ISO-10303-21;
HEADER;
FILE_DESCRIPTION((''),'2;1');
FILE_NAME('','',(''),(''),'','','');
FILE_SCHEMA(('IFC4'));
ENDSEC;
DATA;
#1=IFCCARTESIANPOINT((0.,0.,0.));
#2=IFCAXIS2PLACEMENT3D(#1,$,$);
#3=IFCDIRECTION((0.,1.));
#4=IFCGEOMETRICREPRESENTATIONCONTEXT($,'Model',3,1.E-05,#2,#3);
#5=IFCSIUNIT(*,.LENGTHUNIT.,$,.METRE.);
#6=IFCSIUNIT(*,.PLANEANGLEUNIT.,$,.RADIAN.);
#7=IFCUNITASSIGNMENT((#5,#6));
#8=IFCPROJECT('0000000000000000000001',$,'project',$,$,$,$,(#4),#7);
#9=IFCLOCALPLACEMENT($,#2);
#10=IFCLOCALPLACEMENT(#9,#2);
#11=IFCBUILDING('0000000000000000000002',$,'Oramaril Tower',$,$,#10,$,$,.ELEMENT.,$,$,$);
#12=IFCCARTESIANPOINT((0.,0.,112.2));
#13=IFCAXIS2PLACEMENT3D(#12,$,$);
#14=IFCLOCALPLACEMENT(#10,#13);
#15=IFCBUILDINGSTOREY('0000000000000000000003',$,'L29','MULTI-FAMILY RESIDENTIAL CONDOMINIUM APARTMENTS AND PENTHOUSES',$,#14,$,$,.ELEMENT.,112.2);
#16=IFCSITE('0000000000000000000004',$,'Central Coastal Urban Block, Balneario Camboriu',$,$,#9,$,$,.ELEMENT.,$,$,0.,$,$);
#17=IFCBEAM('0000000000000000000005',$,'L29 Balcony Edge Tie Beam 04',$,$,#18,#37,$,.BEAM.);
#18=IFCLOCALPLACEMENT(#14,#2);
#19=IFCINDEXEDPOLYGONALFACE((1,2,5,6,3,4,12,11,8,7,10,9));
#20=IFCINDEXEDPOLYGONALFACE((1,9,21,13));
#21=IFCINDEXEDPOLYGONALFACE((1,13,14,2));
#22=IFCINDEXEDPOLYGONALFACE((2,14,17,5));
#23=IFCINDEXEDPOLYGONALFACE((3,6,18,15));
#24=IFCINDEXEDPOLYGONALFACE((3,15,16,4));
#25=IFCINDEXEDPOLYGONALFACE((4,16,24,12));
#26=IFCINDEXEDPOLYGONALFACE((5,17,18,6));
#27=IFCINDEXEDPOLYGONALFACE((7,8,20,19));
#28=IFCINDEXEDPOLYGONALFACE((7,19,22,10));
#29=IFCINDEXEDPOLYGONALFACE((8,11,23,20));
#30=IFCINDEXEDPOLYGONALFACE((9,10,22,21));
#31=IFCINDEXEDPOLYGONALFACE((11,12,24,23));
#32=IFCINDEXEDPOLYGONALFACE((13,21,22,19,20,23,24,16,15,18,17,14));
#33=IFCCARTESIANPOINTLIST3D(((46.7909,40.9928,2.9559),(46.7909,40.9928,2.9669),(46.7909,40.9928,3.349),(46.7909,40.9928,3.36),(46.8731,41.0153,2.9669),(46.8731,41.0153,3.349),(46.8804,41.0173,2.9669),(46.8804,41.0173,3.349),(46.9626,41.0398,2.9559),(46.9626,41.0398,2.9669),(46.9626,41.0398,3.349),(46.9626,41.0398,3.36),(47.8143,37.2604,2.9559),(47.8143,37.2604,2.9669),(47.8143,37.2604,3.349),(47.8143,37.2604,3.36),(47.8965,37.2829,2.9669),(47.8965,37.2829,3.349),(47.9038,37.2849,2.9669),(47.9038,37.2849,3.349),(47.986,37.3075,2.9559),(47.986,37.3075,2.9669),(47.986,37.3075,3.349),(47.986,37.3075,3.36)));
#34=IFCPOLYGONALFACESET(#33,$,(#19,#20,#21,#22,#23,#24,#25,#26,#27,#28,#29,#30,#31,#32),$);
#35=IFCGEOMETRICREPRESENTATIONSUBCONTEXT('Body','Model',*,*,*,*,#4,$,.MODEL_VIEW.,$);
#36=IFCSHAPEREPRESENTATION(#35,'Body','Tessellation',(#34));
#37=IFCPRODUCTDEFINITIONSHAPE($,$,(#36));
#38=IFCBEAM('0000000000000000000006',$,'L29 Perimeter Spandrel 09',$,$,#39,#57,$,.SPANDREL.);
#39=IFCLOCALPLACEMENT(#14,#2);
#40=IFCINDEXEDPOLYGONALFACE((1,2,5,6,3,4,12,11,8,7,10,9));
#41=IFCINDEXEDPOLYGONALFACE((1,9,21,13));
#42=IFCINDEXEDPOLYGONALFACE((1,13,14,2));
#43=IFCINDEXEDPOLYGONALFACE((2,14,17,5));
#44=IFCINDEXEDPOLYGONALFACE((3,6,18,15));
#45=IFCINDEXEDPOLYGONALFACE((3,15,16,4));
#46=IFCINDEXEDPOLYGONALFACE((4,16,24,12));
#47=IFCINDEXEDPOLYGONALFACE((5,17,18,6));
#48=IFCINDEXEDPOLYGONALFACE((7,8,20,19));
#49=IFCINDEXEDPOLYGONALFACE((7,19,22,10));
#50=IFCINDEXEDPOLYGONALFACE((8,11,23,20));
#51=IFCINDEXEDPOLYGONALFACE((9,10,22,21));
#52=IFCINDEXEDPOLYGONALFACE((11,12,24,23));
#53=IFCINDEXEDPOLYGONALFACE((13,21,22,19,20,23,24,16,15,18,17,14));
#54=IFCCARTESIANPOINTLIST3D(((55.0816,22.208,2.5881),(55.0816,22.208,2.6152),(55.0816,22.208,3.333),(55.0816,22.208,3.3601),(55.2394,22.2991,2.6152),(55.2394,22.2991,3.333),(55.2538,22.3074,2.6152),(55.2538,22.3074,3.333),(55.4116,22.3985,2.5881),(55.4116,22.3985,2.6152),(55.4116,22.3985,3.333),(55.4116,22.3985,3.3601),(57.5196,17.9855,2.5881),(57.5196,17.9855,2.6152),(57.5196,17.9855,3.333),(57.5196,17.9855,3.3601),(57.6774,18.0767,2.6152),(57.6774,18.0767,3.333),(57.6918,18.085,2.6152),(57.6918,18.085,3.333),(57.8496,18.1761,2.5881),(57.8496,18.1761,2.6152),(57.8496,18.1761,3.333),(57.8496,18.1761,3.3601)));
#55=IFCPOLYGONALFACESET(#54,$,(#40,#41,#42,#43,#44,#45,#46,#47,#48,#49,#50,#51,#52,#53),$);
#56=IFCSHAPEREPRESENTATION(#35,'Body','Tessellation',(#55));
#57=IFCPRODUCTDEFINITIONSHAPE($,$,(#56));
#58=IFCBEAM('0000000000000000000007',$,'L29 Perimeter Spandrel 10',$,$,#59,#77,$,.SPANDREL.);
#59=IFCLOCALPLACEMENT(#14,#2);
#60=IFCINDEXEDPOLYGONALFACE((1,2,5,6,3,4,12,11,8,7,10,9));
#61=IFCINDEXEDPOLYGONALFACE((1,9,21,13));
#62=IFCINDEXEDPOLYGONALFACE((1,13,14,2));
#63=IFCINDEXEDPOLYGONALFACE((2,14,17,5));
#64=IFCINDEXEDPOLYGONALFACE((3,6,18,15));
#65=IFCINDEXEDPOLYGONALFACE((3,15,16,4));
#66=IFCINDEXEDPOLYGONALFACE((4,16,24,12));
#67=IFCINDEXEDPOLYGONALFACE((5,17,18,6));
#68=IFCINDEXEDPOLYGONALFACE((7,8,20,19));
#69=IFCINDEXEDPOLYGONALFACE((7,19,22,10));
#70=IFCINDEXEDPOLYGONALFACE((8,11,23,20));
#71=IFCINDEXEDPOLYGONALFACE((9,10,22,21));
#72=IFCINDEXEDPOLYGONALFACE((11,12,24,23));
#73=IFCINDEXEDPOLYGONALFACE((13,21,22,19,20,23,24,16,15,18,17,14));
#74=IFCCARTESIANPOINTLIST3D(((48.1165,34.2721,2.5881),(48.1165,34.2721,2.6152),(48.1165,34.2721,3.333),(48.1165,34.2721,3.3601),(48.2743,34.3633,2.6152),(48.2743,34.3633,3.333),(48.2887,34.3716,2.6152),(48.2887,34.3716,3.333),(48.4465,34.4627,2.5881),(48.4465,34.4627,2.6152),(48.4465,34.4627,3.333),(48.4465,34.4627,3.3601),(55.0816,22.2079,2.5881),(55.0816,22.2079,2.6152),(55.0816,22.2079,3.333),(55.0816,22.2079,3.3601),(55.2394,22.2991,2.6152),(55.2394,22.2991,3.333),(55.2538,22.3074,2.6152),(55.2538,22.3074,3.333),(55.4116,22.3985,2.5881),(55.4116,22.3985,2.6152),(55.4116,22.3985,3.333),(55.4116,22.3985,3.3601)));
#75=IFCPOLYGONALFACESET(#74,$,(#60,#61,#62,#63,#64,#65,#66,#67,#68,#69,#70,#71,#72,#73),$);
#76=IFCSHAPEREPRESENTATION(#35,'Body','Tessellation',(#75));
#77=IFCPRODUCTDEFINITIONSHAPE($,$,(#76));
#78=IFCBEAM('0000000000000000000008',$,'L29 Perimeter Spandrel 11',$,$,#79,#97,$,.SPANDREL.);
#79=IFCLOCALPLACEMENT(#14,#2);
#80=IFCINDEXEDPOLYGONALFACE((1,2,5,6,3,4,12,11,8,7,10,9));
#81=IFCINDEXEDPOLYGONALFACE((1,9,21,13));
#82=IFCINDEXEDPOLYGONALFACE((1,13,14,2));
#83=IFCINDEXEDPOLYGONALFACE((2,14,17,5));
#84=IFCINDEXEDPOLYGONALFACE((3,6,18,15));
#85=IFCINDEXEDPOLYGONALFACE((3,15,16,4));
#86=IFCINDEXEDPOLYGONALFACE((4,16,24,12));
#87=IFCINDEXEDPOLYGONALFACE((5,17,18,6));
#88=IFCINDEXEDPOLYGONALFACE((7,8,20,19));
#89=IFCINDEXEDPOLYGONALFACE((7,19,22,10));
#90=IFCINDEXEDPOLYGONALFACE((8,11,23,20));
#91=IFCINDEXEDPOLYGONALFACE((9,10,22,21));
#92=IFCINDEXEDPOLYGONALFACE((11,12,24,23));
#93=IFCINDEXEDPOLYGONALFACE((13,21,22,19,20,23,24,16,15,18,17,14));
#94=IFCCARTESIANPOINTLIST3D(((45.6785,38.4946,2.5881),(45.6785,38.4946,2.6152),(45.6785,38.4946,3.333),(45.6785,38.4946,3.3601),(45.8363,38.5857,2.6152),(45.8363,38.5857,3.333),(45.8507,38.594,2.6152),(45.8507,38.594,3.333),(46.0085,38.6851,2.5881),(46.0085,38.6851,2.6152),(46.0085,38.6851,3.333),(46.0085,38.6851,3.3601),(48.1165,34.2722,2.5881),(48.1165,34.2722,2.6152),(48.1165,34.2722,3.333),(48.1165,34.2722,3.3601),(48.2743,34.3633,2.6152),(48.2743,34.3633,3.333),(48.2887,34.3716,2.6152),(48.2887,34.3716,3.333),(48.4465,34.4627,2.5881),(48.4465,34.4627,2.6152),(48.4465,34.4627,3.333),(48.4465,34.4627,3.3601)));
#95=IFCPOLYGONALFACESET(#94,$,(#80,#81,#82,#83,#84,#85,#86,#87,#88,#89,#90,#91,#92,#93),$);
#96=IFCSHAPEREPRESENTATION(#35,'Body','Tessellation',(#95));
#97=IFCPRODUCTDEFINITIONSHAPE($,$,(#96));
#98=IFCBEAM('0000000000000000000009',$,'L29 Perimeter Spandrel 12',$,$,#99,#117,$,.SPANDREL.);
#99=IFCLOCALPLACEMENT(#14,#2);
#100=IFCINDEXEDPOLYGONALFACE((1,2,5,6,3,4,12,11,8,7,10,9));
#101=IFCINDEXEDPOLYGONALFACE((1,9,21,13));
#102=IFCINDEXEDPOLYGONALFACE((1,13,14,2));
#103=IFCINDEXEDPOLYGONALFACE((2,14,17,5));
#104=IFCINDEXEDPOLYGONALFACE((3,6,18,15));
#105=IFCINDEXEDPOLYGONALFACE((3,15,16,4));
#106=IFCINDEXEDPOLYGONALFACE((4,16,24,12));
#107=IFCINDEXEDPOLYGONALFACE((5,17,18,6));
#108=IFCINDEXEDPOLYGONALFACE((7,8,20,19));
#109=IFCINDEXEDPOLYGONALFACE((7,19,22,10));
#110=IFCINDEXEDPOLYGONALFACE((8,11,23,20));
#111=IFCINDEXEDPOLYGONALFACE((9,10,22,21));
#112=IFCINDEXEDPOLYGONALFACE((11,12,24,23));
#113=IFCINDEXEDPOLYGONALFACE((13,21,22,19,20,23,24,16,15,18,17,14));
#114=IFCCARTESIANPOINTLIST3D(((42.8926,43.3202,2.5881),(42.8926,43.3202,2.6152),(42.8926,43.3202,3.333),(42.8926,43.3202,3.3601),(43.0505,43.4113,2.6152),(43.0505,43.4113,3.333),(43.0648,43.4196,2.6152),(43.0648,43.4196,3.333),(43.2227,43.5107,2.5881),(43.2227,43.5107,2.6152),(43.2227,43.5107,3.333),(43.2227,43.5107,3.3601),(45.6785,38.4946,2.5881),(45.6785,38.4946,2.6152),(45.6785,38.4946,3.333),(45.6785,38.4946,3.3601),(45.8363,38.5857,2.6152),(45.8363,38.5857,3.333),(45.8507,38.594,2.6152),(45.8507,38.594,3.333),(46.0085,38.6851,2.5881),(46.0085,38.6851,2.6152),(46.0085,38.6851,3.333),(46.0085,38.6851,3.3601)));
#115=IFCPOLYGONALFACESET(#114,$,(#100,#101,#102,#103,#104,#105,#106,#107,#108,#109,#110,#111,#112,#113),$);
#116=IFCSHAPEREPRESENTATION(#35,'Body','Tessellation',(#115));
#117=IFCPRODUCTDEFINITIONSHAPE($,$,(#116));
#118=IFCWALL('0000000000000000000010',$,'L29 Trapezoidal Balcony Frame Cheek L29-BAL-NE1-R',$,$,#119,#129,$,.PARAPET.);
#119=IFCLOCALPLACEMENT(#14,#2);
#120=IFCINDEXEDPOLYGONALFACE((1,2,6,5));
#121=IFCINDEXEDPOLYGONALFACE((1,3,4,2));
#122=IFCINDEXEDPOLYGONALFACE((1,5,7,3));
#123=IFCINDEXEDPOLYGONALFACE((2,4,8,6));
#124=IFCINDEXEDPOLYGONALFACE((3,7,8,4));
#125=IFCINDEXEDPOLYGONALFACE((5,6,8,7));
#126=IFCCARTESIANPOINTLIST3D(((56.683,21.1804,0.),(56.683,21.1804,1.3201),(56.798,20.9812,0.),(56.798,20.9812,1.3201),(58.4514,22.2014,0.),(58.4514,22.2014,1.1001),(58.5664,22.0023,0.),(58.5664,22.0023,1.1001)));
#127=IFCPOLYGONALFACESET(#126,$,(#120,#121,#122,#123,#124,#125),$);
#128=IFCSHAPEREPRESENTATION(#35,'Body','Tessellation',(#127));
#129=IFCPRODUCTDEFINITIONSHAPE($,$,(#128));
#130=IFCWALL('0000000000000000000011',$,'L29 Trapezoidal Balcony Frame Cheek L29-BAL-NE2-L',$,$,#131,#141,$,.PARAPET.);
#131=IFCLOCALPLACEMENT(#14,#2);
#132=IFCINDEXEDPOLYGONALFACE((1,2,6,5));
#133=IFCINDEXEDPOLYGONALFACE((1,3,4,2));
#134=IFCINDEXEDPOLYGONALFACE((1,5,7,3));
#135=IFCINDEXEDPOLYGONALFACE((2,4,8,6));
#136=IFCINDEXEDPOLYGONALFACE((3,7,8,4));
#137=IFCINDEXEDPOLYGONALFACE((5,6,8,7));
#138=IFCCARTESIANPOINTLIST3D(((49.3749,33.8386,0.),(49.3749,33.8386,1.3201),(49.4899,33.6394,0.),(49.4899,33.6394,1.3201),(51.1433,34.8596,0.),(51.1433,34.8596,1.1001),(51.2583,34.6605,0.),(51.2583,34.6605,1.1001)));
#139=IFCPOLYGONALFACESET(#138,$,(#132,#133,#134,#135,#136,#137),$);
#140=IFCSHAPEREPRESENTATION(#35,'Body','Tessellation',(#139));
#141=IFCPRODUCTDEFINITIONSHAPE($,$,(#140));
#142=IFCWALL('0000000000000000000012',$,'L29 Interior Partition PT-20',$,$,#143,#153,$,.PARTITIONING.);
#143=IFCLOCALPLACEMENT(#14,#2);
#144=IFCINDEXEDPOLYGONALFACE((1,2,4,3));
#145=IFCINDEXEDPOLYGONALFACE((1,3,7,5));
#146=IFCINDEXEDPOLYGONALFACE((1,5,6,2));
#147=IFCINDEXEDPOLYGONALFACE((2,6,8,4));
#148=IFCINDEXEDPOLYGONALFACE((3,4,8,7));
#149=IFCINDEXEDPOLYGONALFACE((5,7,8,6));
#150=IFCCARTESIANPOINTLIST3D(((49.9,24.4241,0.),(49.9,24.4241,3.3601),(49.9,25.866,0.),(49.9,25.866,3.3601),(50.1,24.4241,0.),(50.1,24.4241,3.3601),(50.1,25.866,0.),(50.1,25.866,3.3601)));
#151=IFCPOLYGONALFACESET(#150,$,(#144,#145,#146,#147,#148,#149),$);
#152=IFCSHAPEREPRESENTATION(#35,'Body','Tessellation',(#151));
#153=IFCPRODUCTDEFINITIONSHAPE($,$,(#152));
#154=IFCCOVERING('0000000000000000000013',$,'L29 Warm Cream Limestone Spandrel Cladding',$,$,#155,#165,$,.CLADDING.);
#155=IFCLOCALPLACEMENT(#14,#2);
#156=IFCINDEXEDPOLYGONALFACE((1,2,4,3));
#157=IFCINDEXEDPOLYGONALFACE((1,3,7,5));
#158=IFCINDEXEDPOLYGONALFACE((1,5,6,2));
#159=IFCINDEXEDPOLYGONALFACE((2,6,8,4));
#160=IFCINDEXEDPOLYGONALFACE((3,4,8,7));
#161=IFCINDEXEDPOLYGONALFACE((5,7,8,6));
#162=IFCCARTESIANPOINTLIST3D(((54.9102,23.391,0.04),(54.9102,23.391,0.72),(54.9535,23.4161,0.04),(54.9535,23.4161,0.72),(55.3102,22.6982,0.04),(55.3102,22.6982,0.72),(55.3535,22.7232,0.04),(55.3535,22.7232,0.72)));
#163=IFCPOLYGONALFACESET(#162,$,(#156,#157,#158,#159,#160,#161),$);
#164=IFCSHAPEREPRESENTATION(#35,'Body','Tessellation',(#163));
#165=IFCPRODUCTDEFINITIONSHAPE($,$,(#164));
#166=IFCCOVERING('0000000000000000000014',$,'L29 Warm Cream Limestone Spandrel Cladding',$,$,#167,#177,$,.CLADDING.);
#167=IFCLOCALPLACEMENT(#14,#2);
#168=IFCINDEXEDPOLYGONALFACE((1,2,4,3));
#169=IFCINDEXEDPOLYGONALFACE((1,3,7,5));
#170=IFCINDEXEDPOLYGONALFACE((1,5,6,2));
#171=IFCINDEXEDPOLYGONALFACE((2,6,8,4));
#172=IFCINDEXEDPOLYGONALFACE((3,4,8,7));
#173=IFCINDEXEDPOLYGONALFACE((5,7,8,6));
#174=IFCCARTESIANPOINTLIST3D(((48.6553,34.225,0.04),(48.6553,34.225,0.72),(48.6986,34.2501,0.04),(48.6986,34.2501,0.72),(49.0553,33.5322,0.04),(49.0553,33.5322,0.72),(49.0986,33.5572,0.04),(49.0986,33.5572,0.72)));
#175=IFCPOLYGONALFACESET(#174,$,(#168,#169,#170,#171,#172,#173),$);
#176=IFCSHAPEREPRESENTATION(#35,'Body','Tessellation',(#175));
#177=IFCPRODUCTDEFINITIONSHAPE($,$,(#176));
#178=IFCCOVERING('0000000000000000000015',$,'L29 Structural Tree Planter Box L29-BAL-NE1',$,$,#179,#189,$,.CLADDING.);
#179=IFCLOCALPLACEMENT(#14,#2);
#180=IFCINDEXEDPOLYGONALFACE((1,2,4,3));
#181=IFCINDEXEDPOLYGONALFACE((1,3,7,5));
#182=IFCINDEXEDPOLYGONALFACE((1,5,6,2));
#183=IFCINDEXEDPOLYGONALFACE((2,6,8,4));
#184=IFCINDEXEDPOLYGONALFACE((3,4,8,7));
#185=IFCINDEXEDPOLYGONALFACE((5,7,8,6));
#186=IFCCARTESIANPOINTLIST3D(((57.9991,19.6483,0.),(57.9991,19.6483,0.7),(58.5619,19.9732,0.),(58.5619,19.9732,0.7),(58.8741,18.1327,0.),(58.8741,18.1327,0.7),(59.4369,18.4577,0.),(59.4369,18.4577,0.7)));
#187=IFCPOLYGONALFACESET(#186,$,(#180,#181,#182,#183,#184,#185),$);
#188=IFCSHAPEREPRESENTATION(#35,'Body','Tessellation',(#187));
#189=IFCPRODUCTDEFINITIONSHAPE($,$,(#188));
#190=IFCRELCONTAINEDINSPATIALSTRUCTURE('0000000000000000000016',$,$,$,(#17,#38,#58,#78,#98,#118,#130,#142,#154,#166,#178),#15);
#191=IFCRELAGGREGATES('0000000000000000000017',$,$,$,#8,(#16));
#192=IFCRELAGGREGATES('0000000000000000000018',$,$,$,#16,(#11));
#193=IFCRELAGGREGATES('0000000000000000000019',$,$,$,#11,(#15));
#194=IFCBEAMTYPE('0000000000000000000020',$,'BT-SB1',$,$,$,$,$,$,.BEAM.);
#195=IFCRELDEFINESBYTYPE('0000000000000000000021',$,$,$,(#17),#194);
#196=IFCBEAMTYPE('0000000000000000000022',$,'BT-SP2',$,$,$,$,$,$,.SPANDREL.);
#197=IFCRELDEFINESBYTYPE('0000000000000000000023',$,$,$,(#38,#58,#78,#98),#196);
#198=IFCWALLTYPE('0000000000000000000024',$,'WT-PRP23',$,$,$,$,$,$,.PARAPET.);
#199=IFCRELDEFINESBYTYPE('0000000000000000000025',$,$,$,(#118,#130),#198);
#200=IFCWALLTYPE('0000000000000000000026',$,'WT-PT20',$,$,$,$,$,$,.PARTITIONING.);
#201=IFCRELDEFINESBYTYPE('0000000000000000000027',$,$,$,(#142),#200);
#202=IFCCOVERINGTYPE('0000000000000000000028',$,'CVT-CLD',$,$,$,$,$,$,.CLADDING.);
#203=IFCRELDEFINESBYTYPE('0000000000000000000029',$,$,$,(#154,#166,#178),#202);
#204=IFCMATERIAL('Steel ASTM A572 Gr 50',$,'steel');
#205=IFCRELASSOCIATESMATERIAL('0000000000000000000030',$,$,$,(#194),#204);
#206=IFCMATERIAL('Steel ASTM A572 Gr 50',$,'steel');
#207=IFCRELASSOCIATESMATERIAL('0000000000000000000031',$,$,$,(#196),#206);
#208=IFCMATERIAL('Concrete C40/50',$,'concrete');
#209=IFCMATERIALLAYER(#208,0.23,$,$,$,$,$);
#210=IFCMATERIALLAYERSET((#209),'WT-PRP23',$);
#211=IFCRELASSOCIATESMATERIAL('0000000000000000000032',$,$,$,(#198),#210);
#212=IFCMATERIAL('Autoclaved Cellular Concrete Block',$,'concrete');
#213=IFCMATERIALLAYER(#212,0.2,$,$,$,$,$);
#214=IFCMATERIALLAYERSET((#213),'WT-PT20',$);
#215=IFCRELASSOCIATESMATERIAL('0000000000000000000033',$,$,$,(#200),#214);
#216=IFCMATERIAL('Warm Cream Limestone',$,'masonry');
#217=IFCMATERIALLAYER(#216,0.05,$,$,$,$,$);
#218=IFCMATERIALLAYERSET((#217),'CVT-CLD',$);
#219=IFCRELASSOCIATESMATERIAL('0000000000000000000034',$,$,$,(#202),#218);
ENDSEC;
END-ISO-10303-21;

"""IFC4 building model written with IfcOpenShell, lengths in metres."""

from ifc_helpers import new_model, si_unit, direction, frame, frame_2d, origin, origin_2d, place, context, subcontext, project, spatial, polyline, rectangle, i_section, outline, extrude, material, layer, layer_set, material_profile, profile_set, type_object, element, save


model = new_model("IFC4")

# Units and contexts
model_context = context("Model", 3, precision=1e-05, world=origin(), true_north=direction((0.0, 1.0)))
body_context = subcontext(model_context, "Body", "Model", "MODEL_VIEW")
ifc_project = project(units=[si_unit("LENGTHUNIT", "METRE"), si_unit("PLANEANGLEUNIT", "RADIAN")], contexts=[model_context])

# Site, building, storey
site_placement = place(None, origin())
site = spatial("IfcSite", under=ifc_project, at=site_placement, Name="Central Coastal Urban Block, Balneario Camboriu", CompositionType="ELEMENT", RefElevation=0.0)
building_placement = place(site_placement, origin())
building = spatial("IfcBuilding", under=site, at=building_placement, Name="Oramaril Tower", CompositionType="ELEMENT")
storey_placement = place(building_placement, frame((0.0, 0.0, 112.2)))
storey = spatial("IfcBuildingStorey", under=building, at=storey_placement, Name="L29", Description="MULTI-FAMILY RESIDENTIAL CONDOMINIUM APARTMENTS AND PENTHOUSES", CompositionType="ELEMENT", Elevation=112.2)

# Beams
ifc_material_1 = material(Name="Steel ASTM A572 Gr 50", Category="steel")
ifc_material_profile_1 = material_profile(ifc_material_1, i_section(OverallWidth=0.178, OverallDepth=0.4041, WebThickness=0.0076, FlangeThickness=0.011, at=origin_2d()), Name="W16X36")
ifc_profile_set_1 = profile_set([ifc_material_profile_1], Name="Steel ASTM A572 Gr 50")
beam_type_1 = type_object("IfcBeamType", Name="BT-SB1", PredefinedType="BEAM", material=ifc_profile_set_1)
for number, where, z_axis, x_axis, name in (
    (1, (47.9001, 37.2839, 3.158), (-0.264441, 0.964402, 0.0), (-0.964402, -0.264441, 0.0), "L29 Balcony Edge Tie Beam 04"),
):
    element("IfcBeam", number, at=place(storey_placement, frame(where, z_axis=z_axis, x_axis=x_axis)), inside=storey, type_object=beam_type_1, Name=name, PredefinedType="BEAM", context=body_context, shape_type="SweptSolid", body=[
        extrude(i_section(OverallWidth=0.178, OverallDepth=0.4041, WebThickness=0.0076, FlangeThickness=0.011, at=origin_2d()), origin(), (0.0, 0.0, 1.0), 3.8701),
    ])
ifc_material_2 = material(Name="Steel ASTM A572 Gr 50", Category="steel")
ifc_material_profile_2 = material_profile(ifc_material_2, i_section(OverallWidth=0.3811, OverallDepth=0.772, WebThickness=0.0166, FlangeThickness=0.0271, at=origin_2d()), Name="W30X173")
ifc_profile_set_2 = profile_set([ifc_material_profile_2], Name="Steel ASTM A572 Gr 50")
beam_type_2 = type_object("IfcBeamType", Name="BT-SP2", PredefinedType="SPANDREL", material=ifc_profile_set_2)
beam_1_placement = place(storey_placement, frame((57.6846, 18.0808, 2.9741), z_axis=(-0.500027, 0.86601, 0.0), x_axis=(-0.86601, -0.500027, 0.0)))
element("IfcBeam", 2, at=beam_1_placement, inside=storey, type_object=beam_type_2, Name="L29 Perimeter Spandrel 09", PredefinedType="SPANDREL", context=body_context, shape_type="SweptSolid", body=[
    extrude(i_section(OverallWidth=0.3811, OverallDepth=0.772, WebThickness=0.0166, FlangeThickness=0.0271, at=origin_2d()), origin(), (0.0, 0.0, 1.0), 4.8757),
])
beam_2_placement = place(storey_placement, frame((55.2466, 22.3032, 2.9741), z_axis=(-0.49999, 0.866031, 0.0), x_axis=(-0.866031, -0.49999, 0.0)))
element("IfcBeam", 3, at=beam_2_placement, inside=storey, type_object=beam_type_2, Name="L29 Perimeter Spandrel 10", PredefinedType="SPANDREL", context=body_context, shape_type="SweptSolid", body=[
    extrude(i_section(OverallWidth=0.3811, OverallDepth=0.772, WebThickness=0.0166, FlangeThickness=0.0271, at=origin_2d()), origin(), (0.0, 0.0, 1.0), 13.9304),
])
beam_3_placement = place(storey_placement, frame((48.2815, 34.3674, 2.9741), z_axis=(-0.500027, 0.86601, 0.0), x_axis=(-0.86601, -0.500027, 0.0)))
element("IfcBeam", 4, at=beam_3_placement, inside=storey, type_object=beam_type_2, Name="L29 Perimeter Spandrel 11", PredefinedType="SPANDREL", context=body_context, shape_type="SweptSolid", body=[
    extrude(i_section(OverallWidth=0.3811, OverallDepth=0.772, WebThickness=0.0166, FlangeThickness=0.0271, at=origin_2d()), origin(), (0.0, 0.0, 1.0), 4.8757),
])
beam_4_placement = place(storey_placement, frame((45.8435, 38.5898, 2.9741), z_axis=(-0.49997, 0.866043, 0.0), x_axis=(-0.866043, -0.49997, 0.0)))
element("IfcBeam", 5, at=beam_4_placement, inside=storey, type_object=beam_type_2, Name="L29 Perimeter Spandrel 12", PredefinedType="SPANDREL", context=body_context, shape_type="SweptSolid", body=[
    extrude(i_section(OverallWidth=0.3811, OverallDepth=0.772, WebThickness=0.0166, FlangeThickness=0.0271, at=origin_2d()), origin(), (0.0, 0.0, 1.0), 5.572),
])

# Walls
ifc_material_3 = material(Name="Concrete C40/50", Category="concrete")
ifc_layer_1 = layer(ifc_material_3, 0.23)
ifc_layer_set_1 = layer_set([ifc_layer_1], Name="WT-PRP23")
wall_type_1 = type_object("IfcWallType", Name="WT-PRP23", PredefinedType="PARAPET", material=ifc_layer_set_1)
for number, where, z_axis, x_axis, name in (
    (6, (56.7405, 21.0808, 0.0), (0.0, 0.0, 1.0), (0.866012, 0.500023, 0.0), "L29 Trapezoidal Balcony Frame Cheek L29-BAL-NE1-R"),
    (7, (49.4324, 33.739, 0.0), (0.0, 0.0, 1.0), (0.866012, 0.500023, 0.0), "L29 Trapezoidal Balcony Frame Cheek L29-BAL-NE2-L"),
):
    element("IfcWall", number, at=place(storey_placement, frame(where, z_axis=z_axis, x_axis=x_axis)), inside=storey, type_object=wall_type_1, Name=name, PredefinedType="PARAPET", context=body_context, shape_type="SweptSolid", body=[
        extrude(outline(polyline([(0.0, 0.0), (2.042, 0.0), (2.042, 1.1001), (0.0, 1.3201), (0.0, 0.0)])), frame((0.0, 0.115, 0.0), z_axis=(0.0, -1.0, 0.0), x_axis=(1.0, 0.0, 0.0)), (0.0, 0.0, 1.0), 0.23),
    ])

# Shared definitions
ifc_material_4 = material(Name="Autoclaved Cellular Concrete Block", Category="concrete")
ifc_layer_2 = layer(ifc_material_4, 0.2)
ifc_layer_set_2 = layer_set([ifc_layer_2], Name="WT-PT20")
wall_type_2 = type_object("IfcWallType", Name="WT-PT20", PredefinedType="PARTITIONING", material=ifc_layer_set_2)

# Wall
wall_1_placement = place(storey_placement, frame((50.0, 24.4241, 0.0), z_axis=(0.0, 0.0, 1.0), x_axis=(0.0, 1.0, 0.0)))
element("IfcWall", 8, at=wall_1_placement, inside=storey, type_object=wall_type_2, Name="L29 Interior Partition PT-20", PredefinedType="PARTITIONING", context=body_context, shape_type="SweptSolid", body=[
    extrude(rectangle(XDim=1.4419, YDim=0.2, at=frame_2d((0.7209, 0.0))), origin(), (0.0, 0.0, 1.0), 3.3601),
])

# Coverings
ifc_material_5 = material(Name="Warm Cream Limestone", Category="masonry")
ifc_layer_3 = layer(ifc_material_5, 0.05)
ifc_layer_set_3 = layer_set([ifc_layer_3], Name="CVT-CLD")
covering_type = type_object("IfcCoveringType", Name="CVT-CLD", PredefinedType="CLADDING", material=ifc_layer_set_3)
for number, where, z_axis, x_axis, name in (
    (9, (55.1318, 23.0571, 0.04), (0.0, 0.0, 1.0), (-0.5, 0.866025, 0.0), "L29 Warm Cream Limestone Spandrel Cladding"),
    (10, (48.877, 33.8911, 0.04), (0.0, 0.0, 1.0), (-0.5, 0.866025, 0.0), "L29 Warm Cream Limestone Spandrel Cladding"),
):
    element("IfcCovering", number, at=place(storey_placement, frame(where, z_axis=z_axis, x_axis=x_axis)), inside=storey, type_object=covering_type, Name=name, PredefinedType="CLADDING", context=body_context, shape_type="SweptSolid", body=[
        extrude(rectangle(XDim=0.8, YDim=0.05, at=origin_2d()), origin(), (0.0, 0.0, 1.0), 0.6799),
    ])
covering_placement = place(storey_placement, frame((58.718, 19.053, 0.0), z_axis=(0.0, 0.0, 1.0), x_axis=(-0.5, 0.866025, 0.0)))
element("IfcCovering", 11, at=covering_placement, inside=storey, type_object=covering_type, Name="L29 Structural Tree Planter Box L29-BAL-NE1", PredefinedType="CLADDING", context=body_context, shape_type="SweptSolid", body=[
    extrude(rectangle(XDim=1.75, YDim=0.6499, at=origin_2d()), origin(), (0.0, 0.0, 1.0), 0.7),
])

save(model, "model.ifc")
